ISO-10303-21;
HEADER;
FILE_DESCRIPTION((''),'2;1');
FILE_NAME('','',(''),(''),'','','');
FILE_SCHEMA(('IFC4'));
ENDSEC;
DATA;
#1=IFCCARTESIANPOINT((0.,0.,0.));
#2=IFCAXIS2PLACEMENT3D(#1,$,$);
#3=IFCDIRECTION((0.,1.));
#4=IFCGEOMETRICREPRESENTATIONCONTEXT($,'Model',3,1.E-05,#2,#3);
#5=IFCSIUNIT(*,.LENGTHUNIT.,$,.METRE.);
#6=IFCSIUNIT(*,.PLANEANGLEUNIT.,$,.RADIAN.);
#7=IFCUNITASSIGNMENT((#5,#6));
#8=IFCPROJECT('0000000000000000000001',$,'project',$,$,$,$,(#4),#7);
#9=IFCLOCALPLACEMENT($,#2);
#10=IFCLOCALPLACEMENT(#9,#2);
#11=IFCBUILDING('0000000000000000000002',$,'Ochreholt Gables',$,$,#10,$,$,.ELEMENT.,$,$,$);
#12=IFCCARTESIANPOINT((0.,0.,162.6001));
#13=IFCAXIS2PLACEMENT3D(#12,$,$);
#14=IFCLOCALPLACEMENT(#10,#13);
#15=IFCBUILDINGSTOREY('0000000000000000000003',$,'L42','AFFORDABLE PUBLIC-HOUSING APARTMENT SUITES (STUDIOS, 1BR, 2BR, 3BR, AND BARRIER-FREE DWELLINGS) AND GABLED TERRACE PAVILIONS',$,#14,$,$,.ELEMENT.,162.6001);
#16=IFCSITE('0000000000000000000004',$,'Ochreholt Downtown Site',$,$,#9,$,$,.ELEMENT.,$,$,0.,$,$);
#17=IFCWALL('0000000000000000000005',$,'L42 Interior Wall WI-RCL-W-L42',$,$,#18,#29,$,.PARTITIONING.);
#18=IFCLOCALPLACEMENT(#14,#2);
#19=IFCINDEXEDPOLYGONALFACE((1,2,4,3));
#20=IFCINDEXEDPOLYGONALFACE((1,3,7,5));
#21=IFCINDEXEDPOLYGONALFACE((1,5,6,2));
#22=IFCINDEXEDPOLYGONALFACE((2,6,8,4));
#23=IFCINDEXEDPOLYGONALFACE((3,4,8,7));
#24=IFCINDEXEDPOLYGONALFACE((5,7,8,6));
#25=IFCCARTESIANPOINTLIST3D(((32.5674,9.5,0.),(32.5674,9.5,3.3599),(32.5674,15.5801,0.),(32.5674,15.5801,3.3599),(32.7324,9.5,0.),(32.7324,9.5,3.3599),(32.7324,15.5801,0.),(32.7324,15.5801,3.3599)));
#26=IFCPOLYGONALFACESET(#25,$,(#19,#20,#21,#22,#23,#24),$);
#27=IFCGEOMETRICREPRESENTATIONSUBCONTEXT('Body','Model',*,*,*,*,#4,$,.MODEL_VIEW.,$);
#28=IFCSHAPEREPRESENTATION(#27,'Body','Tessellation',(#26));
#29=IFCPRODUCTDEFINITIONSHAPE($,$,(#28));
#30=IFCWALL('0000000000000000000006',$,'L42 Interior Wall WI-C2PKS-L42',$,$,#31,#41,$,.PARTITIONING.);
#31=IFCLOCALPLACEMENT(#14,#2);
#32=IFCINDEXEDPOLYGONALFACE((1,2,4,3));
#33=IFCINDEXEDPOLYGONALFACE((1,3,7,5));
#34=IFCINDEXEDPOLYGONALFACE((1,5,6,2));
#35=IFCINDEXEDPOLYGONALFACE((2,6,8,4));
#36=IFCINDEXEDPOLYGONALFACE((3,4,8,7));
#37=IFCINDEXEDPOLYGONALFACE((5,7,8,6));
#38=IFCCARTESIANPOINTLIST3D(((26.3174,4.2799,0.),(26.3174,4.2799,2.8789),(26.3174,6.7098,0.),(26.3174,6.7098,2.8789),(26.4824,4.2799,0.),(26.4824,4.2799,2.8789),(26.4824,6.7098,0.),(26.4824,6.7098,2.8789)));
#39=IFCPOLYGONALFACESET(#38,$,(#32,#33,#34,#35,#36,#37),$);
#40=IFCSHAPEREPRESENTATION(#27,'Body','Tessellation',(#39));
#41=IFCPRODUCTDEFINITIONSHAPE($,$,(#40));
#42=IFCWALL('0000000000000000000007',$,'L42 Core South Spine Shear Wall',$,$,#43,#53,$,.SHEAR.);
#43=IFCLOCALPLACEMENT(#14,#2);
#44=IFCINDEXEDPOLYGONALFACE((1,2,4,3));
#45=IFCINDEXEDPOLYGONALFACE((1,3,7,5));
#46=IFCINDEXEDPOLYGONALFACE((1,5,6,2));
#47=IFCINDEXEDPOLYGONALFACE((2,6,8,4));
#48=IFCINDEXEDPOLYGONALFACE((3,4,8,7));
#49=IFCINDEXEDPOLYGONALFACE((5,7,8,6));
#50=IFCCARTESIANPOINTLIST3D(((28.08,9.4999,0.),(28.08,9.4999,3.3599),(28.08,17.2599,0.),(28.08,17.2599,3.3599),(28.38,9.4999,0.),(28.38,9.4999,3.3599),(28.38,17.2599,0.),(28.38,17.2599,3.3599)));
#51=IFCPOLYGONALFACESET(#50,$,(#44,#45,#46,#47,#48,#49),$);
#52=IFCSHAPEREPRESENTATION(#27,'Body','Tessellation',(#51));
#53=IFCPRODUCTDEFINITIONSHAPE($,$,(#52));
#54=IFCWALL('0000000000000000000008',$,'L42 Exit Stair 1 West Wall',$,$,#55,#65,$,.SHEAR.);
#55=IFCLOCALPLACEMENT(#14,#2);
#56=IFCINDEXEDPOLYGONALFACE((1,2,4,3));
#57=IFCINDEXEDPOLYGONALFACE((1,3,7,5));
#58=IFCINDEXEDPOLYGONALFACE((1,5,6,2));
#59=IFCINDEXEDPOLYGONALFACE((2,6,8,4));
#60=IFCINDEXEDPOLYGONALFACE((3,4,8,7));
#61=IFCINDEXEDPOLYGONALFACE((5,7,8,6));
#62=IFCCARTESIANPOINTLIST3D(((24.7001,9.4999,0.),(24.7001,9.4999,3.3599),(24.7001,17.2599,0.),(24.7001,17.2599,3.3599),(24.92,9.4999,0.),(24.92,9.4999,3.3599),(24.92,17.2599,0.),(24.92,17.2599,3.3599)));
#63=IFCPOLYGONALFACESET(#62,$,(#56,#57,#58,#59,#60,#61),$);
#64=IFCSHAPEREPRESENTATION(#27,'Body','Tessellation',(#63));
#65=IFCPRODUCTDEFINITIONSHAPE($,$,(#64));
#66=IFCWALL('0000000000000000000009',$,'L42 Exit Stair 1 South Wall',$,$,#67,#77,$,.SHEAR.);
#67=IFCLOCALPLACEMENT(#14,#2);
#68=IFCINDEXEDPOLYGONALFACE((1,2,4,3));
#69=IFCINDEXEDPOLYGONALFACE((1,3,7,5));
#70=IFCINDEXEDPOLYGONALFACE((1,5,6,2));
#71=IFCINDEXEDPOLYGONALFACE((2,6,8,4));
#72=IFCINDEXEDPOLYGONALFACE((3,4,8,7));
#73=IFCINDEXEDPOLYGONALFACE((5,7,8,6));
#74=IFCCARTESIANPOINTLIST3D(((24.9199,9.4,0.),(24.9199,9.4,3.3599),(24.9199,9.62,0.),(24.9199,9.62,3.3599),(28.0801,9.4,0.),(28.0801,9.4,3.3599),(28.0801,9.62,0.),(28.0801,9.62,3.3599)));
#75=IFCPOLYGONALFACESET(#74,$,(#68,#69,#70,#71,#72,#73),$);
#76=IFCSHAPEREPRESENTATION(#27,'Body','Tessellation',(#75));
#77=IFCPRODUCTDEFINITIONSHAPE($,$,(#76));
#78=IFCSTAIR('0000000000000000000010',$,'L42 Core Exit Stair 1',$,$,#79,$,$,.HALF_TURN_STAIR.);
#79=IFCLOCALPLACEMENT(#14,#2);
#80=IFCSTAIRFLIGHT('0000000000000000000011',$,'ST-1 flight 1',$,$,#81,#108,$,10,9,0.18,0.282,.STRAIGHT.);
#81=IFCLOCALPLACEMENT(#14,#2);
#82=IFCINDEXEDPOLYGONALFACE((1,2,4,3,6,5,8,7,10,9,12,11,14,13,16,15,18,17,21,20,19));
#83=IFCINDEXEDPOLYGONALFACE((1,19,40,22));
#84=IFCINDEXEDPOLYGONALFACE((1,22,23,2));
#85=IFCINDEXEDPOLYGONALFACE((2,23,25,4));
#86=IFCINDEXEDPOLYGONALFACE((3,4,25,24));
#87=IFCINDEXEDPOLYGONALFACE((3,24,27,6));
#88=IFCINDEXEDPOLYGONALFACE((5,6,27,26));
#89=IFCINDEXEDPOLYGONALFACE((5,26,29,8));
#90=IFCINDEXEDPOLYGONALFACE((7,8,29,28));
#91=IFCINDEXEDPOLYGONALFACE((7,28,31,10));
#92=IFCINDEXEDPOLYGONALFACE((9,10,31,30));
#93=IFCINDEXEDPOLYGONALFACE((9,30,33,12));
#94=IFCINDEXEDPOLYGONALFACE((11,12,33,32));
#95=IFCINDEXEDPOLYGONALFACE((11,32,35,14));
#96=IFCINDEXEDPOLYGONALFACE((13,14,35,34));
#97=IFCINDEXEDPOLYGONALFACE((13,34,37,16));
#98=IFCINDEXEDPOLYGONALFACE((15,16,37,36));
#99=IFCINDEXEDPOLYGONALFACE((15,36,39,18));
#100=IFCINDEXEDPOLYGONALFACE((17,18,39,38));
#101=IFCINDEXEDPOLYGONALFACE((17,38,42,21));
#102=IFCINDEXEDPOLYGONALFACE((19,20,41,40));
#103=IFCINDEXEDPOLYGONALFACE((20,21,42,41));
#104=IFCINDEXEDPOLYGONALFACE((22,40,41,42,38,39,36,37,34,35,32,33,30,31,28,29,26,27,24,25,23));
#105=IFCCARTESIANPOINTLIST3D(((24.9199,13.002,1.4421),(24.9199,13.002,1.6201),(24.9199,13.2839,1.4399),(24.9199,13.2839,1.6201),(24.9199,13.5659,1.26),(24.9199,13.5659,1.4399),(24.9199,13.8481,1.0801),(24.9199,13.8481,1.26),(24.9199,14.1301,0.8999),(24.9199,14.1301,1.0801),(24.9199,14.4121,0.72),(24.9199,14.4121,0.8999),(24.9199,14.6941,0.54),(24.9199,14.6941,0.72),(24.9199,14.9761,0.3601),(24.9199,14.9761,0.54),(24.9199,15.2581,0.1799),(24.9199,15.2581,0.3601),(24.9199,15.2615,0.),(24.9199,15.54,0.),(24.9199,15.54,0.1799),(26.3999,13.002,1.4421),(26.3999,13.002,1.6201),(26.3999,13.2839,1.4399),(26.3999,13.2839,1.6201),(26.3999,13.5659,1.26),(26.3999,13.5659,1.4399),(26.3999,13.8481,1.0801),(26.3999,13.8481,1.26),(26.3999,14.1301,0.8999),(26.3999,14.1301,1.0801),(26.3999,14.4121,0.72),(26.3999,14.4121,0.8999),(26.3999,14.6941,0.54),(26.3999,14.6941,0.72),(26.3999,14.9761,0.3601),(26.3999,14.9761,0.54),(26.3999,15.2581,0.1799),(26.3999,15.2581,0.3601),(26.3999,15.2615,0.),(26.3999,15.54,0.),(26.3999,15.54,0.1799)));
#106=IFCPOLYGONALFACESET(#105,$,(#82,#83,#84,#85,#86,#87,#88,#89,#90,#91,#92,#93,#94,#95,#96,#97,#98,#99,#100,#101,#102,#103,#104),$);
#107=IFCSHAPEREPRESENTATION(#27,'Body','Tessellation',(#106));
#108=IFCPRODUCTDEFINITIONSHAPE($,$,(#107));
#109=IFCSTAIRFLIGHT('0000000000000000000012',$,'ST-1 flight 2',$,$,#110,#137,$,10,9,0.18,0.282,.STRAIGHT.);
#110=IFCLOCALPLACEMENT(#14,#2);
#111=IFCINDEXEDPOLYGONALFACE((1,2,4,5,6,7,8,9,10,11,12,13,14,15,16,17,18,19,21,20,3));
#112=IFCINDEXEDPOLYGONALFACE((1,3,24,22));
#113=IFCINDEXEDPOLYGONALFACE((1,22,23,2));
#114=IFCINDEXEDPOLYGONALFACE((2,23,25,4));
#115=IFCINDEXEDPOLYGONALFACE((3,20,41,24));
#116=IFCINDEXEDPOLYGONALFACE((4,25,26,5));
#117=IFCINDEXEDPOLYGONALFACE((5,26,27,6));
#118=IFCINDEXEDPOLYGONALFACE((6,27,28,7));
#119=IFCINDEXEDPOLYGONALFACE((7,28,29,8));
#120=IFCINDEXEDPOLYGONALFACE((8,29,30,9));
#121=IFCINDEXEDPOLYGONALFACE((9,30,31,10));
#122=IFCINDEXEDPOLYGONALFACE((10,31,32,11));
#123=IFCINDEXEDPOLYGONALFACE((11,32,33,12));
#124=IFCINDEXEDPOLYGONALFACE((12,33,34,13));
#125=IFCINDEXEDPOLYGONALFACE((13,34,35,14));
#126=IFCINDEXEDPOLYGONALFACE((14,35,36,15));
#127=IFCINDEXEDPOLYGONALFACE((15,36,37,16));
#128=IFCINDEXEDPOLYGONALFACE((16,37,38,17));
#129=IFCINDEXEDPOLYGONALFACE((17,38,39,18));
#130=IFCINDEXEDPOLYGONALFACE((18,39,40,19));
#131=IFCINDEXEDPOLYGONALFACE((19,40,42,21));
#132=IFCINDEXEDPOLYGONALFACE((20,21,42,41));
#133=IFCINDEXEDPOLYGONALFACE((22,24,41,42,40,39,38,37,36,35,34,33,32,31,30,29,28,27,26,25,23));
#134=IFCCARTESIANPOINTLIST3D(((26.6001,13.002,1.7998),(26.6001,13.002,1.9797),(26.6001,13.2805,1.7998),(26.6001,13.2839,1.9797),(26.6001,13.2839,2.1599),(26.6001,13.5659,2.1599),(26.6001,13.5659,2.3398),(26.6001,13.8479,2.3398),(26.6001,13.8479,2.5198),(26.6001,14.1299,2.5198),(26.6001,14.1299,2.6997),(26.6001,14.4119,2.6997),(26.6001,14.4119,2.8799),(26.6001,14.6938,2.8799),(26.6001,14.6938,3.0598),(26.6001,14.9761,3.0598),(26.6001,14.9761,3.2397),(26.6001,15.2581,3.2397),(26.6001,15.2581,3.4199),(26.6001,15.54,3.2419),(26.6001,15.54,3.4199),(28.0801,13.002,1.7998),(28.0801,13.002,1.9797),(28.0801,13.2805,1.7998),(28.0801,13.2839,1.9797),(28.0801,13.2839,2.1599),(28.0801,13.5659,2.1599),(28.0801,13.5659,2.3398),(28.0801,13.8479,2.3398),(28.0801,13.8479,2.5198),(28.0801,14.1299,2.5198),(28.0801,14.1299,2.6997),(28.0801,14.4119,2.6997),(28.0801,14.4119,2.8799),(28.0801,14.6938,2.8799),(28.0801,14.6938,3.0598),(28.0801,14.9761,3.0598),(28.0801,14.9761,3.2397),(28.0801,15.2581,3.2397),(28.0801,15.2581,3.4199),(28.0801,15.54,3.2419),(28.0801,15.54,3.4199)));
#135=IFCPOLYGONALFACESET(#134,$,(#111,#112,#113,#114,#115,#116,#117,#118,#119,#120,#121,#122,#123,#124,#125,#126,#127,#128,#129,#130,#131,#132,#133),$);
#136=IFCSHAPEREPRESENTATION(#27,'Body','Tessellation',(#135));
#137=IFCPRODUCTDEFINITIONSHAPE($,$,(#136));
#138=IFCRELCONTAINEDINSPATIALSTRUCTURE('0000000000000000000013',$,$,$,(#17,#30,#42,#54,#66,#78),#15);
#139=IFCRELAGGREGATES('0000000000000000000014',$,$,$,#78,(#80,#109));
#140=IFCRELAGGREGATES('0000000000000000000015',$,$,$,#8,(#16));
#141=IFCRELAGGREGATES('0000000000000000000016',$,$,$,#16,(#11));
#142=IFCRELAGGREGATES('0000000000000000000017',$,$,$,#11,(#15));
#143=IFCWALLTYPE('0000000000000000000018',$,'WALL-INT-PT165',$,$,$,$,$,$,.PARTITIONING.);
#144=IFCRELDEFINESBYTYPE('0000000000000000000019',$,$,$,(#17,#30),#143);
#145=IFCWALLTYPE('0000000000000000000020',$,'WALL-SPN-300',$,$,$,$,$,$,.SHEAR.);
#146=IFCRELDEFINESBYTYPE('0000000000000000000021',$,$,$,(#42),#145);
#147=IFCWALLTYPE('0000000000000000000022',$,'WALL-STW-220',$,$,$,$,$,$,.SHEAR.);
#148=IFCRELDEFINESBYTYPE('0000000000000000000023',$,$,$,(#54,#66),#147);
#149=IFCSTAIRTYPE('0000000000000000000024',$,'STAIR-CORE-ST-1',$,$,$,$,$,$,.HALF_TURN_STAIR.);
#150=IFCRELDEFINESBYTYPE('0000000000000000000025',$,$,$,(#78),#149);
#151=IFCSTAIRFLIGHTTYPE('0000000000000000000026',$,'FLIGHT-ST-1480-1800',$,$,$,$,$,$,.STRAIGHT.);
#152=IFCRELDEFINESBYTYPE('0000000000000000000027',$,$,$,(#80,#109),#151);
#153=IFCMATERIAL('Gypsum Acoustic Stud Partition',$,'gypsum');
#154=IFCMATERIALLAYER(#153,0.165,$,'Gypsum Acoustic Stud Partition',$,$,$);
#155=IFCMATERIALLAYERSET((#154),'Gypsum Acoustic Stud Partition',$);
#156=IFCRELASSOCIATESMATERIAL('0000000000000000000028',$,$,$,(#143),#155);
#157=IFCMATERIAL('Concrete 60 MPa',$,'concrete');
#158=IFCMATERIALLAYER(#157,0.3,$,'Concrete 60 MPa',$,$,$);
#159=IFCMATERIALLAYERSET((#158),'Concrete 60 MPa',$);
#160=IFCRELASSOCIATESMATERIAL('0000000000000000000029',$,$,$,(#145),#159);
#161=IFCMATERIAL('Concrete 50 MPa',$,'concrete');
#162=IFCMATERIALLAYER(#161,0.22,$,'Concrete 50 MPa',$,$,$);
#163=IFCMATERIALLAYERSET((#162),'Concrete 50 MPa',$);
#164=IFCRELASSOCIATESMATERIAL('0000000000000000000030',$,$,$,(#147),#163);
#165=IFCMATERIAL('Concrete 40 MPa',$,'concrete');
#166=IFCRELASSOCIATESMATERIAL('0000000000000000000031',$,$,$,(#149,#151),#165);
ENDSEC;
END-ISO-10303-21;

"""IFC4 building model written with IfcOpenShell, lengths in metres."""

from ifc_helpers import new_model, si_unit, direction, frame, frame_2d, origin, place, context, subcontext, project, spatial, polyline, rectangle, outline, extrude, material, layer, layer_set, type_object, element, aggregate, save


model = new_model("IFC4")

# Units and contexts
model_context = context("Model", 3, precision=1e-05, world=origin(), true_north=direction((0.0, 1.0)))
body_context = subcontext(model_context, "Body", "Model", "MODEL_VIEW")
ifc_project = project(units=[si_unit("LENGTHUNIT", "METRE"), si_unit("PLANEANGLEUNIT", "RADIAN")], contexts=[model_context])

# Site, building, storey
site_placement = place(None, origin())
site = spatial("IfcSite", under=ifc_project, at=site_placement, Name="Ochreholt Downtown Site", CompositionType="ELEMENT", RefElevation=0.0)
building_placement = place(site_placement, origin())
building = spatial("IfcBuilding", under=site, at=building_placement, Name="Ochreholt Gables", CompositionType="ELEMENT")
storey_placement = place(building_placement, frame((0.0, 0.0, 162.6001)))
storey = spatial("IfcBuildingStorey", under=building, at=storey_placement, Name="L42", Description="AFFORDABLE PUBLIC-HOUSING APARTMENT SUITES (STUDIOS, 1BR, 2BR, 3BR, AND BARRIER-FREE DWELLINGS) AND GABLED TERRACE PAVILIONS", CompositionType="ELEMENT", Elevation=162.6001)

# Shared definitions
ifc_material_1 = material(Name="Concrete 50 MPa", Category="concrete")

# Shared definitions
ifc_material_2 = material(Name="Concrete 60 MPa", Category="concrete")
ifc_material_3 = material(Name="Concrete 40 MPa", Category="concrete")

# Wall
ifc_material_4 = material(Name="Gypsum Acoustic Stud Partition", Category="gypsum")
ifc_layer_1 = layer(ifc_material_4, 0.165, Name="Gypsum Acoustic Stud Partition")
ifc_layer_set_1 = layer_set([ifc_layer_1], Name="Gypsum Acoustic Stud Partition")
wall_type_1 = type_object("IfcWallType", Name="WALL-INT-PT165", PredefinedType="PARTITIONING", material=ifc_layer_set_1)
wall_1_placement = place(storey_placement, frame((32.6499, 9.5, 0.0), z_axis=(0.0, 0.0, 1.0), x_axis=(0.0, 1.0, 0.0)))
element("IfcWall", 1, at=wall_1_placement, inside=storey, type_object=wall_type_1, Name="L42 Interior Wall WI-RCL-W-L42", PredefinedType="PARTITIONING", context=body_context, shape_type="SweptSolid", body=[
    extrude(rectangle(XDim=6.0801, YDim=0.165, at=frame_2d((3.04, 0.0))), origin(), (0.0, 0.0, 1.0), 3.3599),
])

# Walls
wall_2_placement = place(storey_placement, frame((26.3999, 4.28, 0.0), z_axis=(0.0, 0.0, 1.0), x_axis=(0.0, 1.0, 0.0)))
element("IfcWall", 2, at=wall_2_placement, inside=storey, type_object=wall_type_1, Name="L42 Interior Wall WI-C2PKS-L42", PredefinedType="PARTITIONING", context=body_context, shape_type="SweptSolid", body=[
    extrude(rectangle(XDim=2.4299, YDim=0.165, at=frame_2d((1.2148, 0.0))), origin(), (0.0, 0.0, 1.0), 2.8789),
])
ifc_layer_2 = layer(ifc_material_2, 0.3, Name="Concrete 60 MPa")
ifc_layer_set_2 = layer_set([ifc_layer_2], Name="Concrete 60 MPa")
wall_type_2 = type_object("IfcWallType", Name="WALL-SPN-300", PredefinedType="SHEAR", material=ifc_layer_set_2)
wall_3_placement = place(storey_placement, frame((28.23, 9.5, 0.0), z_axis=(0.0, 0.0, 1.0), x_axis=(0.0, 1.0, 0.0)))
element("IfcWall", 3, at=wall_3_placement, inside=storey, type_object=wall_type_2, Name="L42 Core South Spine Shear Wall", PredefinedType="SHEAR", context=body_context, shape_type="SweptSolid", body=[
    extrude(rectangle(XDim=7.76, YDim=0.3, at=frame_2d((3.8799, 0.0))), origin(), (0.0, 0.0, 1.0), 3.3599),
])
ifc_layer_3 = layer(ifc_material_1, 0.22, Name="Concrete 50 MPa")
ifc_layer_set_3 = layer_set([ifc_layer_3], Name="Concrete 50 MPa")
wall_type_3 = type_object("IfcWallType", Name="WALL-STW-220", PredefinedType="SHEAR", material=ifc_layer_set_3)
wall_4_placement = place(storey_placement, frame((24.8101, 9.5, 0.0), z_axis=(0.0, 0.0, 1.0), x_axis=(0.0, 1.0, 0.0)))
element("IfcWall", 4, at=wall_4_placement, inside=storey, type_object=wall_type_3, Name="L42 Exit Stair 1 West Wall", PredefinedType="SHEAR", context=body_context, shape_type="SweptSolid", body=[
    extrude(rectangle(XDim=7.76, YDim=0.22, at=frame_2d((3.8799, 0.0))), origin(), (0.0, 0.0, 1.0), 3.3599),
])
wall_5_placement = place(storey_placement, frame((24.9199, 9.51, 0.0), z_axis=(0.0, 0.0, 1.0), x_axis=(1.0, 0.0, 0.0)))
element("IfcWall", 5, at=wall_5_placement, inside=storey, type_object=wall_type_3, Name="L42 Exit Stair 1 South Wall", PredefinedType="SHEAR", context=body_context, shape_type="SweptSolid", body=[
    extrude(rectangle(XDim=3.1602, YDim=0.22, at=frame_2d((1.5801, 0.0))), origin(), (0.0, 0.0, 1.0), 3.3599),
])

# Stair, stair flights
stair_type = type_object("IfcStairType", Name="STAIR-CORE-ST-1", PredefinedType="HALF_TURN_STAIR", material=ifc_material_3)
stair_placement = place(storey_placement, origin())
stair = element("IfcStair", 6, at=stair_placement, inside=storey, type_object=stair_type, Name="L42 Core Exit Stair 1", PredefinedType="HALF_TURN_STAIR")
stair_flight_type = type_object("IfcStairFlightType", Name="FLIGHT-ST-1480-1800", PredefinedType="STRAIGHT", material=ifc_material_3)
stair_flight_1_placement = place(storey_placement, frame((25.6599, 15.54, 0.0), z_axis=(0.0, 0.0, 1.0), x_axis=(0.0, -1.0, 0.0)))
stair_flight_1 = element("IfcStairFlight", 7, at=stair_flight_1_placement, type_object=stair_flight_type, Name="ST-1 flight 1", NumberOfRisers=10, NumberOfTreads=9, PredefinedType="STRAIGHT", RiserHeight=0.18, TreadLength=0.282, context=body_context, shape_type="SweptSolid", body=[
    extrude(outline(polyline([(0.0, 0.0), (0.0, 0.1799), (0.282, 0.1799), (0.282, 0.3601), (0.564, 0.3601), (0.564, 0.54), (0.8459, 0.54), (0.8459, 0.72), (1.1279, 0.72), (1.1279, 0.8999), (1.4099, 0.8999), (1.4099, 1.0801), (1.6919, 1.0801), (1.6919, 1.26), (1.9741, 1.26), (1.9741, 1.4399), (2.2561, 1.4399), (2.2561, 1.6201), (2.5381, 1.6201), (2.5381, 1.8), (2.5381, 1.4421), (0.2786, 0.0), (0.0, 0.0)])), frame((0.0, 0.74, 0.0), z_axis=(0.0, -1.0, 0.0), x_axis=(1.0, 0.0, 0.0)), (0.0, 0.0, 1.0), 1.48),
])
stair_flight_2_placement = place(storey_placement, frame((27.3401, 13.002, 1.7998), z_axis=(0.0, 0.0, 1.0), x_axis=(0.0, 1.0, 0.0)))
stair_flight_2 = element("IfcStairFlight", 8, at=stair_flight_2_placement, type_object=stair_flight_type, Name="ST-1 flight 2", NumberOfRisers=10, NumberOfTreads=9, PredefinedType="STRAIGHT", RiserHeight=0.18, TreadLength=0.282, context=body_context, shape_type="SweptSolid", body=[
    extrude(outline(polyline([(0.0, 0.0), (0.0, 0.1799), (0.282, 0.1799), (0.282, 0.3601), (0.564, 0.3601), (0.564, 0.54), (0.8459, 0.54), (0.8459, 0.72), (1.1279, 0.72), (1.1279, 0.8999), (1.4099, 0.8999), (1.4099, 1.0801), (1.6919, 1.0801), (1.6919, 1.26), (1.9741, 1.26), (1.9741, 1.4399), (2.2561, 1.4399), (2.2561, 1.6201), (2.5381, 1.6201), (2.5381, 1.8), (2.5381, 1.4421), (0.2786, 0.0), (0.0, 0.0)])), frame((0.0, 0.74, 0.0), z_axis=(0.0, -1.0, 0.0), x_axis=(1.0, 0.0, 0.0)), (0.0, 0.0, 1.0), 1.48),
])
aggregate(stair, [stair_flight_1, stair_flight_2])

save(model, "model.ifc")
